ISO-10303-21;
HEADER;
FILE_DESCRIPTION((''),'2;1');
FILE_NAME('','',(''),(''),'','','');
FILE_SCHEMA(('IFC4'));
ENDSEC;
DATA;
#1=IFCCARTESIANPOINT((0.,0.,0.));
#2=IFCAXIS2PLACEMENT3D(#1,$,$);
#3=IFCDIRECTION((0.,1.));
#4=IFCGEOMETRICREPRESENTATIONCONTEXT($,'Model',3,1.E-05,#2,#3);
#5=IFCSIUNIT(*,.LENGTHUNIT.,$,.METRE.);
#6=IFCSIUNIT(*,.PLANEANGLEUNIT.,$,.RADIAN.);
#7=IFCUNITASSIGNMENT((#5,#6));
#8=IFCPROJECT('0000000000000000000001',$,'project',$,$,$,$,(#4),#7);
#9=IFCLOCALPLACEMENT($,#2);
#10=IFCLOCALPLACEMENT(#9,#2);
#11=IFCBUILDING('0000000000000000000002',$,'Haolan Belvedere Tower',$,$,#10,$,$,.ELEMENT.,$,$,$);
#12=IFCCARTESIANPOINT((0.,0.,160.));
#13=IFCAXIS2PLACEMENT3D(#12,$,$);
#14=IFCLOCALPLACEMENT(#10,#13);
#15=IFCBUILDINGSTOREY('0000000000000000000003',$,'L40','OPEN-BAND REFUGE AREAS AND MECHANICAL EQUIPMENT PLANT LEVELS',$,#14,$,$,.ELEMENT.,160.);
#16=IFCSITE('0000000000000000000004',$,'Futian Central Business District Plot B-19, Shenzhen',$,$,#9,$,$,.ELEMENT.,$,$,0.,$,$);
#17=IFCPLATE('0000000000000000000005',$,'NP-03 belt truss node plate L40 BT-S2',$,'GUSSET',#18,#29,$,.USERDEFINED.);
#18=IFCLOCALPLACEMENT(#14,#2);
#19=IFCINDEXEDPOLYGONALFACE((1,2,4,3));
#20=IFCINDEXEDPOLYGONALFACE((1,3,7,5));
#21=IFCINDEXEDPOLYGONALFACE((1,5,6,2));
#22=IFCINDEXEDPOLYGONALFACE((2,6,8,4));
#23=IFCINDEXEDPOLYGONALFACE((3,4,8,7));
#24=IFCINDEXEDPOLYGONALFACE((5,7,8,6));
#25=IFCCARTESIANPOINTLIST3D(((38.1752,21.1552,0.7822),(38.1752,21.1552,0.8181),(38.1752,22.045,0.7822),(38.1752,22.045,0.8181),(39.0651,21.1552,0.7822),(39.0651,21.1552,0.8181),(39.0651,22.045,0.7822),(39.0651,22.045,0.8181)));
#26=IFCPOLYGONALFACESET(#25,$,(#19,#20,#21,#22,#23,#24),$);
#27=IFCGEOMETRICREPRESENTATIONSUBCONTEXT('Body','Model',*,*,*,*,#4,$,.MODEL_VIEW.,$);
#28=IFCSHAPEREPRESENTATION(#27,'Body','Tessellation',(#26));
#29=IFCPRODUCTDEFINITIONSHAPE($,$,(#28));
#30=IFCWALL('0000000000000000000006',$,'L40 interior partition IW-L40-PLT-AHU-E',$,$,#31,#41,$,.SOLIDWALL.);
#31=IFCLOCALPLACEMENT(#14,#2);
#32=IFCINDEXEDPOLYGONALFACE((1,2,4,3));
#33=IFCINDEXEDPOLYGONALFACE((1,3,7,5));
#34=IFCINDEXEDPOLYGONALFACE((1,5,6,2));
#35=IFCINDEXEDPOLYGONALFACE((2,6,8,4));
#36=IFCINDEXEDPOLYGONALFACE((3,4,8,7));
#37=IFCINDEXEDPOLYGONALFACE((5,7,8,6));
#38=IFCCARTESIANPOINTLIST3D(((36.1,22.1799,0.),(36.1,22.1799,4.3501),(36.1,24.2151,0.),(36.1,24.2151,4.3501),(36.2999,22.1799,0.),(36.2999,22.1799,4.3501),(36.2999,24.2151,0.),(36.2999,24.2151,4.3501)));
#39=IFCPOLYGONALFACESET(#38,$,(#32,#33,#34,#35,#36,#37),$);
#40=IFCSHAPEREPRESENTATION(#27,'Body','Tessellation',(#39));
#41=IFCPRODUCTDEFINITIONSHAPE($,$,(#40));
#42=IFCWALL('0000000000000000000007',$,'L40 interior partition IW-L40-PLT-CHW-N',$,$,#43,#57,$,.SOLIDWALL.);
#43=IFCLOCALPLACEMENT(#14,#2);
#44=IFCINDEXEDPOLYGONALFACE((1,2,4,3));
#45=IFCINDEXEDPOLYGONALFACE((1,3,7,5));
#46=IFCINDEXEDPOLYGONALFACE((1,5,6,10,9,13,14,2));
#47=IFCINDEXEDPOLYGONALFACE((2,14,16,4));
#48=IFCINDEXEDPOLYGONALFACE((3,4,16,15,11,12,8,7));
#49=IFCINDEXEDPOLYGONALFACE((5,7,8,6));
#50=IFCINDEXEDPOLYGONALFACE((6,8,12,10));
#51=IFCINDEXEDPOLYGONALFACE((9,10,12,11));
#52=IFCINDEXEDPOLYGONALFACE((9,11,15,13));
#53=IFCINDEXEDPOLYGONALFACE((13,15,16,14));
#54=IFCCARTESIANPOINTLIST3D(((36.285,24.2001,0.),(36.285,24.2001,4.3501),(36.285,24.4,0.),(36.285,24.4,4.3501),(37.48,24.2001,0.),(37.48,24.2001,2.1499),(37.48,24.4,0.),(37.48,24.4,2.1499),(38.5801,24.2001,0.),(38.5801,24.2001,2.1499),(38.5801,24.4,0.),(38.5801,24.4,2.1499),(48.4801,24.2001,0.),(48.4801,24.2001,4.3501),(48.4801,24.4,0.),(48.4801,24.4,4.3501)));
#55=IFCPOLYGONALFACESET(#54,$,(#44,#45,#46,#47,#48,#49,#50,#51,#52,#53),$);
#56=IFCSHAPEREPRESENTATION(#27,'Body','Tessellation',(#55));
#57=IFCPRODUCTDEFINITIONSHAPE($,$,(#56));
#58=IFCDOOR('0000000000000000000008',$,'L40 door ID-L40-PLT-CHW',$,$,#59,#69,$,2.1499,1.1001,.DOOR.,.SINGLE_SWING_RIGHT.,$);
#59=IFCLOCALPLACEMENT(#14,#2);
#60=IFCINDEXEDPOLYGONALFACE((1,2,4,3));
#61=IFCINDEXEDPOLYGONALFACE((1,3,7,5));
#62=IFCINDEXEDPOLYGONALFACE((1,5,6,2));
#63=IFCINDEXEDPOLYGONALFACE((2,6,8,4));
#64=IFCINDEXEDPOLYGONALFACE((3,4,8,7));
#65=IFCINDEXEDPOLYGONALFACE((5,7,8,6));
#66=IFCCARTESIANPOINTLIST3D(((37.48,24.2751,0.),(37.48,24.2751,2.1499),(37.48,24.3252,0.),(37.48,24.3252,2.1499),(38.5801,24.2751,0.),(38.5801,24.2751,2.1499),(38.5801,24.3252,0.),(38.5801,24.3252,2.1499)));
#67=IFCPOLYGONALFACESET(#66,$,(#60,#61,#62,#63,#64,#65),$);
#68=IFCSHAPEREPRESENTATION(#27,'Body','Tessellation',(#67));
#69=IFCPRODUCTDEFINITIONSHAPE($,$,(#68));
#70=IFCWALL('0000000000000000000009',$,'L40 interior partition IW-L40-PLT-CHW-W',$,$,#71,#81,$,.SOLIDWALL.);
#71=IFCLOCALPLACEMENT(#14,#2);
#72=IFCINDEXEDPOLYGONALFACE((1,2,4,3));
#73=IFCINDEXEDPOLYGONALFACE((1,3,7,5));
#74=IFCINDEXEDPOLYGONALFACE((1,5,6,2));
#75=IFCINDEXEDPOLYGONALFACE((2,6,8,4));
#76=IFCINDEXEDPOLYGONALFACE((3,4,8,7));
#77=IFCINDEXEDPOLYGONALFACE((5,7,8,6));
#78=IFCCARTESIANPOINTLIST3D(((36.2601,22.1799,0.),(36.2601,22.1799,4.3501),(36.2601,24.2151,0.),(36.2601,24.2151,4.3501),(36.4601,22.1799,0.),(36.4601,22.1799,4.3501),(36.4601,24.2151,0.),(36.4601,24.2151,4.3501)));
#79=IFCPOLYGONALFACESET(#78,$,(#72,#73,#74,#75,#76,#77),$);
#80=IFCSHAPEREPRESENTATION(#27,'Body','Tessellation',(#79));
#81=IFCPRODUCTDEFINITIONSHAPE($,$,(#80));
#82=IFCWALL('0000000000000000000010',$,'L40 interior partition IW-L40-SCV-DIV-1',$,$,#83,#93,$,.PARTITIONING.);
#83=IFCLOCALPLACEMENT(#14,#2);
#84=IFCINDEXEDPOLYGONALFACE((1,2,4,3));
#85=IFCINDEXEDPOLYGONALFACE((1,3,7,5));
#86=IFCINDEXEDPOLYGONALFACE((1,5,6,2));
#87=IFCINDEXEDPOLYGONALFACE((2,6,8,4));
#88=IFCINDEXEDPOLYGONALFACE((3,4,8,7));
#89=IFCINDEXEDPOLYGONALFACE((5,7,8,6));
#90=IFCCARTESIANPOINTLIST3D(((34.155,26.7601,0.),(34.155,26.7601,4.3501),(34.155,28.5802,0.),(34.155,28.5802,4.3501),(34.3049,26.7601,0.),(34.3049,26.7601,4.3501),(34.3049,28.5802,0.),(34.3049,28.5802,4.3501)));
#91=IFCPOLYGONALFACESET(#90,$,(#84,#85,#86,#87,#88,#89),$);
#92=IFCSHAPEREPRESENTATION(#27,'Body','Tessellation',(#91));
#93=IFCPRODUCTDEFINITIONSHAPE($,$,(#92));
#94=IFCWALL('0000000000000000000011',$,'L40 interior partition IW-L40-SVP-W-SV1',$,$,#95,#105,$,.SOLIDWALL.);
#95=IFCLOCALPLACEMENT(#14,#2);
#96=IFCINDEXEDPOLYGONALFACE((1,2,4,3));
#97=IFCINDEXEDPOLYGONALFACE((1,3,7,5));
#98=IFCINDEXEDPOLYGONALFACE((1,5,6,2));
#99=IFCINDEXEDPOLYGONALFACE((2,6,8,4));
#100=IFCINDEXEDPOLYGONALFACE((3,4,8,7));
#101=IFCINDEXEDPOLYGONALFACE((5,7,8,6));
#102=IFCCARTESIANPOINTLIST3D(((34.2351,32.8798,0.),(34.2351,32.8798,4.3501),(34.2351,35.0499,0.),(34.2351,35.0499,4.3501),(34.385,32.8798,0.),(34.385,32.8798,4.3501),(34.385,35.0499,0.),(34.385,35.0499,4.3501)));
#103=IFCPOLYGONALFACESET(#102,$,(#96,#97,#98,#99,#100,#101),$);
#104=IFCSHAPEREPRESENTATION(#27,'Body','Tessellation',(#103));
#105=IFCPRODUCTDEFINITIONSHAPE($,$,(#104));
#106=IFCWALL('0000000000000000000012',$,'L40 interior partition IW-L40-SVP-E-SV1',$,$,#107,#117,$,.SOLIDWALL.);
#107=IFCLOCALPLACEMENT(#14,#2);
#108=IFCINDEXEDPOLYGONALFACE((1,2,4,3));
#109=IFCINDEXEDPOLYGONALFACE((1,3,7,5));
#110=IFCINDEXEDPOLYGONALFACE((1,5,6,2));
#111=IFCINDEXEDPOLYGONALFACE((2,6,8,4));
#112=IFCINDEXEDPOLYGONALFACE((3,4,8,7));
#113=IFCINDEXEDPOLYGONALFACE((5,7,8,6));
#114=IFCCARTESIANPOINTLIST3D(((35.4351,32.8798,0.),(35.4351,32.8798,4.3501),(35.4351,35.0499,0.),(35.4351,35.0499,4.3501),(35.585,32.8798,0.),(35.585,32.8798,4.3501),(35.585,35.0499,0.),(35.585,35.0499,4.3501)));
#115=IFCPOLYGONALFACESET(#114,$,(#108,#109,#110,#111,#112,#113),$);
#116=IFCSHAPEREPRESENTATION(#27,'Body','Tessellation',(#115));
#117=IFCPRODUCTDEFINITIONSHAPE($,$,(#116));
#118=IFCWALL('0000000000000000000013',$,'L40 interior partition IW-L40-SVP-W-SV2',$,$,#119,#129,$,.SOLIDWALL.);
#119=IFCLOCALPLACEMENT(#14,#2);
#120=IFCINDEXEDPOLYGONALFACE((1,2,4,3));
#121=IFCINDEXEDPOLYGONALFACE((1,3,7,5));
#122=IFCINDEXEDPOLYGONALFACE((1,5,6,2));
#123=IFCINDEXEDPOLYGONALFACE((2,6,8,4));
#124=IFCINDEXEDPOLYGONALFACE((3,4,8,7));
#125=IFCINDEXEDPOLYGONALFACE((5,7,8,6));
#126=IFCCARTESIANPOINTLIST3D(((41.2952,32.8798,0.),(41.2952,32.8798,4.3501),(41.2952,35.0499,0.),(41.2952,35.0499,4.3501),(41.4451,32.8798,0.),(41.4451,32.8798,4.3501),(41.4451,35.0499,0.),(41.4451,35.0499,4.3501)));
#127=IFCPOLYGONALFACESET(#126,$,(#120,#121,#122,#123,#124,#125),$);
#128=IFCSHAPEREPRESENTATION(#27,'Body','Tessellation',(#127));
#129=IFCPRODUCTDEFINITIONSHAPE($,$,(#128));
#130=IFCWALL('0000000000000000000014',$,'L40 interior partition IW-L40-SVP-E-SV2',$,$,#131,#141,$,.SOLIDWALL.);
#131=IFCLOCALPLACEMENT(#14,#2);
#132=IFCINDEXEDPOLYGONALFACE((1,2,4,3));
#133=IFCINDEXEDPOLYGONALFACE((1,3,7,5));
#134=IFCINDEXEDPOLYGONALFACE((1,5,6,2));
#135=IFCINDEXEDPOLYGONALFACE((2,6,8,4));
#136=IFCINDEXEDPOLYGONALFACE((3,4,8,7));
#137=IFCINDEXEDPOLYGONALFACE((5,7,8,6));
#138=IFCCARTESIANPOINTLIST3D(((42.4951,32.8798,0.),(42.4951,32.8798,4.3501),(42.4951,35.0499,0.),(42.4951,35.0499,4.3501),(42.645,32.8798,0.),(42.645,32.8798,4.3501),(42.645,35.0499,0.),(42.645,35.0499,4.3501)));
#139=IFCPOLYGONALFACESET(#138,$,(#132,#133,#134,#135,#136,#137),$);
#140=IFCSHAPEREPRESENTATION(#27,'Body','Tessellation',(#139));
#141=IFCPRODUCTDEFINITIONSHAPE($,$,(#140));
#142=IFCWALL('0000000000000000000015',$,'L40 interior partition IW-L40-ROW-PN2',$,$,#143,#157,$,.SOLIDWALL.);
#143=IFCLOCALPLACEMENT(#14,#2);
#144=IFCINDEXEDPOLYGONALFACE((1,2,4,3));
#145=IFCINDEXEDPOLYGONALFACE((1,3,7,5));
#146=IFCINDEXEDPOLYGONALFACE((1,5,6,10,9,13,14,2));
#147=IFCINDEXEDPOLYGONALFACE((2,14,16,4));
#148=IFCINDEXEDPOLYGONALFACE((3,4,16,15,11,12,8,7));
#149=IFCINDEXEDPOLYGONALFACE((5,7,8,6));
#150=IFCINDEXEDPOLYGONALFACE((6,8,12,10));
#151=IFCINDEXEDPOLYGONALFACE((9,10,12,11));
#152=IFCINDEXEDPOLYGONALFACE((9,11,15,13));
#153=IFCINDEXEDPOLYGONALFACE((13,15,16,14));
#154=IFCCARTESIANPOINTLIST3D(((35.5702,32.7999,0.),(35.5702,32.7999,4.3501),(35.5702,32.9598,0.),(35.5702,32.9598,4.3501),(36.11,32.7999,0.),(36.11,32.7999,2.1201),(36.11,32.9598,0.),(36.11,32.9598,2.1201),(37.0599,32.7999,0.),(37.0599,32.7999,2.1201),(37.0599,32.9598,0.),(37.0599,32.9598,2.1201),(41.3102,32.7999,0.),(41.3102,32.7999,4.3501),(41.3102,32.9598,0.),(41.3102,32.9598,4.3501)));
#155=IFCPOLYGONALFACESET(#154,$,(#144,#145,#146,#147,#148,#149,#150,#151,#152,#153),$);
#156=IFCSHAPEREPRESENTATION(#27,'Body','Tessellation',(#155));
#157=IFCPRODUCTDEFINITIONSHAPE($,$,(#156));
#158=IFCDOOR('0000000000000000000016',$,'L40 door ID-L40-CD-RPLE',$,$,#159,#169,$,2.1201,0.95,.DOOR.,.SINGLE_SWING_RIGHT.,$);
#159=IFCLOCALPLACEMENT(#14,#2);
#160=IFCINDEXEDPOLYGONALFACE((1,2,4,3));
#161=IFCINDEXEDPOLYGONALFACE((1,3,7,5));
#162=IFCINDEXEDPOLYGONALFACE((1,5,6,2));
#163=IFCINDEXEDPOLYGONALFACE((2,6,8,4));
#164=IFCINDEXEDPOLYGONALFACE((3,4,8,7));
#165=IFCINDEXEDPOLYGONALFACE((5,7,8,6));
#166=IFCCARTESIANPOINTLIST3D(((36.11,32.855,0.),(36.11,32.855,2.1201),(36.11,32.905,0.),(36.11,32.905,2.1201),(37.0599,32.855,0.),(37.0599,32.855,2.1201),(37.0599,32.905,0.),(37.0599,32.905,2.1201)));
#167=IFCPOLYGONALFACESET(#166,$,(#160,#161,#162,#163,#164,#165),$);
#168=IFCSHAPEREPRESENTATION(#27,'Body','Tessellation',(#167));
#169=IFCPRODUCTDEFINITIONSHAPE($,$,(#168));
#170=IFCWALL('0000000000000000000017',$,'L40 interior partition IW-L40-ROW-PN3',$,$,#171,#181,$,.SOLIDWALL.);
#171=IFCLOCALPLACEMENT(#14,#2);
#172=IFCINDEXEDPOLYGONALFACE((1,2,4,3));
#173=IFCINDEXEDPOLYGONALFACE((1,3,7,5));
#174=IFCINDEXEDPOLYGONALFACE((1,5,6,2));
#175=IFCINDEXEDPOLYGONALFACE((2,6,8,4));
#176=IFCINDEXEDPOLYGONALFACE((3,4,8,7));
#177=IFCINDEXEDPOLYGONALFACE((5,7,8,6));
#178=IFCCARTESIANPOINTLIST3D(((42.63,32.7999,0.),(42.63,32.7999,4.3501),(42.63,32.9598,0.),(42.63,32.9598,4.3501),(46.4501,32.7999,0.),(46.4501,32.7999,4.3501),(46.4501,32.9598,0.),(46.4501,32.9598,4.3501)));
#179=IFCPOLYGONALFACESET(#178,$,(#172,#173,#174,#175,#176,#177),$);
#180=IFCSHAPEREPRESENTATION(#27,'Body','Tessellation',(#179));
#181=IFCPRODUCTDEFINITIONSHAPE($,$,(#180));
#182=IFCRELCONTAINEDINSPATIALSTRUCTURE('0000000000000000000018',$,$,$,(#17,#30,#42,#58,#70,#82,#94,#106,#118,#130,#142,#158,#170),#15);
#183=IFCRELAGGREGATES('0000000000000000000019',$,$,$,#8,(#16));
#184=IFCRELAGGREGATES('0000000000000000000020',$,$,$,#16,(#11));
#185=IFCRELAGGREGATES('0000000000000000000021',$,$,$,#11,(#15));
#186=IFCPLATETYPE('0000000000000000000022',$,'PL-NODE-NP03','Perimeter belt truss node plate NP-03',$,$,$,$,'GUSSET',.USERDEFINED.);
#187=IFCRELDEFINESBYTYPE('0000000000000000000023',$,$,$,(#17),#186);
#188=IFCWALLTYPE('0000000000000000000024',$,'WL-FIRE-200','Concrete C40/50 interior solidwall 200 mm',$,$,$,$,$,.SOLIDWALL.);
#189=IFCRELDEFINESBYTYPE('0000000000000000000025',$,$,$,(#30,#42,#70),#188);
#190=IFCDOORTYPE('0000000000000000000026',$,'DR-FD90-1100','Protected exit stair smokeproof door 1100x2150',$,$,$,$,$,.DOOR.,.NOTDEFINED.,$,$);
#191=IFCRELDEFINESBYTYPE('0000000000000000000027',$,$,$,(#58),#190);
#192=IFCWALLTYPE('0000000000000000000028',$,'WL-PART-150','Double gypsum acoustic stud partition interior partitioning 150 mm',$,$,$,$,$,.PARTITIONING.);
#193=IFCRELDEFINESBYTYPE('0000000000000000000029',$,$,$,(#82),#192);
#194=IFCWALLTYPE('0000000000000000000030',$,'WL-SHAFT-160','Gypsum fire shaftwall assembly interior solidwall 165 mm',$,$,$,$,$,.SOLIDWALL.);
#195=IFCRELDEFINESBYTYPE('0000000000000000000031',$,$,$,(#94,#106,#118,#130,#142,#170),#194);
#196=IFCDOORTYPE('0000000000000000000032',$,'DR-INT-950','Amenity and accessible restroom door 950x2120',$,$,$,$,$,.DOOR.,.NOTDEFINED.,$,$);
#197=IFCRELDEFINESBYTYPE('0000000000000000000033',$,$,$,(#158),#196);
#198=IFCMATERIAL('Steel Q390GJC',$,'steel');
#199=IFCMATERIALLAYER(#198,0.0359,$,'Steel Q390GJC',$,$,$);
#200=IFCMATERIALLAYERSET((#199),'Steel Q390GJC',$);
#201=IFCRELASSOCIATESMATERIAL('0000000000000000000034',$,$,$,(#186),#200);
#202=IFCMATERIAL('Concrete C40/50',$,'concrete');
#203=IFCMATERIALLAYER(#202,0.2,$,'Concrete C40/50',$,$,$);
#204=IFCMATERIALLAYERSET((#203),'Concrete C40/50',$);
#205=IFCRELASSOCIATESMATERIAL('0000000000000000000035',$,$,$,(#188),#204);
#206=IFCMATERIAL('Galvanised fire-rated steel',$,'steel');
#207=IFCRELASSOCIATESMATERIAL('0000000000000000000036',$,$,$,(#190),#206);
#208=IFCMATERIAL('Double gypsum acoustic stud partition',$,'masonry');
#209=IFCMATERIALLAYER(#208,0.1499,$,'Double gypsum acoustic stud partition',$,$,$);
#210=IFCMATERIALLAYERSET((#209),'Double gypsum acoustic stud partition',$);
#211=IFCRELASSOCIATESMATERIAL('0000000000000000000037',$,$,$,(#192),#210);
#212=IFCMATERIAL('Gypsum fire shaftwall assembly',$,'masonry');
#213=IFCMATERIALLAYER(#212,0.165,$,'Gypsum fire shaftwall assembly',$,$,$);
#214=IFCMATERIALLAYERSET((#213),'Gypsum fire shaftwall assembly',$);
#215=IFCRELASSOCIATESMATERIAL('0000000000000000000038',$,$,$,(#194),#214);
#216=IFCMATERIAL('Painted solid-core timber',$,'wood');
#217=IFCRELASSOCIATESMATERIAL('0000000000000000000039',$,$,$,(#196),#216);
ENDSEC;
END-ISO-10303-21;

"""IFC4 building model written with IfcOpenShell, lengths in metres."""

from ifc_helpers import new_model, si_unit, direction, frame, frame_2d, origin, origin_2d, place, context, subcontext, project, spatial, rectangle, extrude, material, layer, layer_set, type_object, element, fill, save


model = new_model("IFC4")

# Units and contexts
model_context = context("Model", 3, precision=1e-05, world=origin(), true_north=direction((0.0, 1.0)))
body_context = subcontext(model_context, "Body", "Model", "MODEL_VIEW")
ifc_project = project(units=[si_unit("LENGTHUNIT", "METRE"), si_unit("PLANEANGLEUNIT", "RADIAN")], contexts=[model_context])

# Site, building, storey
site_placement = place(None, origin())
site = spatial("IfcSite", under=ifc_project, at=site_placement, Name="Futian Central Business District Plot B-19, Shenzhen", CompositionType="ELEMENT", RefElevation=0.0)
building_placement = place(site_placement, origin())
building = spatial("IfcBuilding", under=site, at=building_placement, Name="Haolan Belvedere Tower", CompositionType="ELEMENT")
storey_placement = place(building_placement, frame((0.0, 0.0, 160.0)))
storey = spatial("IfcBuildingStorey", under=building, at=storey_placement, Name="L40", Description="OPEN-BAND REFUGE AREAS AND MECHANICAL EQUIPMENT PLANT LEVELS", CompositionType="ELEMENT", Elevation=160.0)

# Shared definitions
ifc_material_1 = material(Name="Steel Q390GJC", Category="steel")

# Plate
ifc_layer_1 = layer(ifc_material_1, 0.0359, Name="Steel Q390GJC")
ifc_layer_set_1 = layer_set([ifc_layer_1], Name="Steel Q390GJC")
plate_type_1 = type_object("IfcPlateType", Name="PL-NODE-NP03", Description="Perimeter belt truss node plate NP-03", ElementType="GUSSET", PredefinedType="USERDEFINED", material=ifc_layer_set_1)
plate_placement = place(storey_placement, frame((38.6201, 21.6001, 0.7822), z_axis=(0.0, 0.0, 1.0), x_axis=(1.0, 0.0, 0.0)))
element("IfcPlate", 1, at=plate_placement, inside=storey, type_object=plate_type_1, Name="NP-03 belt truss node plate L40 BT-S2", ObjectType="GUSSET", PredefinedType="USERDEFINED", context=body_context, shape_type="SweptSolid", body=[
    extrude(rectangle(XDim=0.8899, YDim=0.8899, at=origin_2d()), origin(), (0.0, 0.0, 1.0), 0.0359),
])

# Wall
ifc_material_2 = material(Name="Concrete C40/50", Category="concrete")
ifc_layer_2 = layer(ifc_material_2, 0.2, Name="Concrete C40/50")
ifc_layer_set_2 = layer_set([ifc_layer_2], Name="Concrete C40/50")
wall_type_1 = type_object("IfcWallType", Name="WL-FIRE-200", Description="Concrete C40/50 interior solidwall 200 mm", PredefinedType="SOLIDWALL", material=ifc_layer_set_2)
wall_1_placement = place(storey_placement, frame((36.2, 22.1799, 0.0), z_axis=(0.0, 0.0, 1.0), x_axis=(0.0, 1.0, 0.0)))
element("IfcWall", 2, at=wall_1_placement, inside=storey, type_object=wall_type_1, Name="L40 interior partition IW-L40-PLT-AHU-E", PredefinedType="SOLIDWALL", context=body_context, shape_type="SweptSolid", body=[
    extrude(rectangle(XDim=2.0352, YDim=0.2, at=frame_2d((1.0176, 0.0))), origin(), (0.0, 0.0, 1.0), 4.3501),
])

# Wall, opening, door
wall_2_placement = place(storey_placement, frame((36.2849, 24.3, 0.0), z_axis=(0.0, 0.0, 1.0), x_axis=(1.0, 0.0, 0.0)))
wall_2 = element("IfcWall", 3, at=wall_2_placement, inside=storey, type_object=wall_type_1, Name="L40 interior partition IW-L40-PLT-CHW-N", PredefinedType="SOLIDWALL", context=body_context, shape_type="SweptSolid", body=[
    extrude(rectangle(XDim=12.1951, YDim=0.2, at=frame_2d((6.0977, 0.0))), origin(), (0.0, 0.0, 1.0), 4.3501),
])
opening_1_placement = place(wall_2_placement, frame((2.2952, 0.0, 0.0), z_axis=(0.0, 0.0, 1.0), x_axis=(-1.0, 0.0, 0.0)))
opening_1 = element("IfcOpeningElement", 4, at=opening_1_placement, cuts=wall_2, PredefinedType="OPENING", context=body_context, shape_type="SweptSolid", body=[
    extrude(rectangle(XDim=1.1001, YDim=2.1499, at=frame_2d((0.55, 1.075))), frame((0.0, 0.1099, 0.0), z_axis=(0.0, -1.0, 0.0), x_axis=(1.0, 0.0, 0.0)), (0.0, 0.0, 1.0), 0.22),
])
ifc_material_3 = material(Name="Galvanised fire-rated steel", Category="steel")
door_type_1 = type_object("IfcDoorType", Name="DR-FD90-1100", Description="Protected exit stair smokeproof door 1100x2150", OperationType="NOTDEFINED", PredefinedType="DOOR", material=ifc_material_3)
door_1_placement = place(opening_1_placement, origin())
door_1 = element("IfcDoor", 5, at=door_1_placement, inside=storey, type_object=door_type_1, Name="L40 door ID-L40-PLT-CHW", OperationType="SINGLE_SWING_RIGHT", OverallHeight=2.1499, OverallWidth=1.1001, PredefinedType="DOOR", context=body_context, shape_type="SweptSolid", body=[
    extrude(rectangle(XDim=1.1001, YDim=2.1499, at=frame_2d((0.55, 1.075))), frame((0.0, 0.0249, 0.0), z_axis=(0.0, -1.0, 0.0), x_axis=(1.0, 0.0, 0.0)), (0.0, 0.0, 1.0), 0.05),
])
fill(opening_1, door_1)

# Walls
wall_3_placement = place(storey_placement, frame((36.3601, 22.1799, 0.0), z_axis=(0.0, 0.0, 1.0), x_axis=(0.0, 1.0, 0.0)))
element("IfcWall", 6, at=wall_3_placement, inside=storey, type_object=wall_type_1, Name="L40 interior partition IW-L40-PLT-CHW-W", PredefinedType="SOLIDWALL", context=body_context, shape_type="SweptSolid", body=[
    extrude(rectangle(XDim=2.0352, YDim=0.2, at=frame_2d((1.0176, 0.0))), origin(), (0.0, 0.0, 1.0), 4.3501),
])
ifc_material_4 = material(Name="Double gypsum acoustic stud partition", Category="masonry")
ifc_layer_3 = layer(ifc_material_4, 0.1499, Name="Double gypsum acoustic stud partition")
ifc_layer_set_3 = layer_set([ifc_layer_3], Name="Double gypsum acoustic stud partition")
wall_type_2 = type_object("IfcWallType", Name="WL-PART-150", Description="Double gypsum acoustic stud partition interior partitioning 150 mm", PredefinedType="PARTITIONING", material=ifc_layer_set_3)
wall_4_placement = place(storey_placement, frame((34.23, 26.76, 0.0), z_axis=(0.0, 0.0, 1.0), x_axis=(0.0, 1.0, 0.0)))
element("IfcWall", 7, at=wall_4_placement, inside=storey, type_object=wall_type_2, Name="L40 interior partition IW-L40-SCV-DIV-1", PredefinedType="PARTITIONING", context=body_context, shape_type="SweptSolid", body=[
    extrude(rectangle(XDim=1.8201, YDim=0.1499, at=frame_2d((0.9102, 0.0))), origin(), (0.0, 0.0, 1.0), 4.3501),
])
ifc_material_5 = material(Name="Gypsum fire shaftwall assembly", Category="masonry")
ifc_layer_4 = layer(ifc_material_5, 0.165, Name="Gypsum fire shaftwall assembly")
ifc_layer_set_4 = layer_set([ifc_layer_4], Name="Gypsum fire shaftwall assembly")
wall_type_3 = type_object("IfcWallType", Name="WL-SHAFT-160", Description="Gypsum fire shaftwall assembly interior solidwall 165 mm", PredefinedType="SOLIDWALL", material=ifc_layer_set_4)
for number, where, z_axis, x_axis, name in (
    (8, (34.3101, 32.8799, 0.0), (0.0, 0.0, 1.0), (0.0, 1.0, 0.0), "L40 interior partition IW-L40-SVP-W-SV1"),
    (9, (35.51, 32.8799, 0.0), (0.0, 0.0, 1.0), (0.0, 1.0, 0.0), "L40 interior partition IW-L40-SVP-E-SV1"),
    (10, (41.3701, 32.8799, 0.0), (0.0, 0.0, 1.0), (0.0, 1.0, 0.0), "L40 interior partition IW-L40-SVP-W-SV2"),
    (11, (42.5701, 32.8799, 0.0), (0.0, 0.0, 1.0), (0.0, 1.0, 0.0), "L40 interior partition IW-L40-SVP-E-SV2"),
):
    element("IfcWall", number, at=place(storey_placement, frame(where, z_axis=z_axis, x_axis=x_axis)), inside=storey, type_object=wall_type_3, Name=name, PredefinedType="SOLIDWALL", context=body_context, shape_type="SweptSolid", body=[
        extrude(rectangle(XDim=2.1702, YDim=0.1499, at=frame_2d((1.085, 0.0))), origin(), (0.0, 0.0, 1.0), 4.3501),
    ])

# Wall, opening, door
wall_5_placement = place(storey_placement, frame((35.5701, 32.8799, 0.0), z_axis=(0.0, 0.0, 1.0), x_axis=(1.0, 0.0, 0.0)))
wall_5 = element("IfcWall", 12, at=wall_5_placement, inside=storey, type_object=wall_type_3, Name="L40 interior partition IW-L40-ROW-PN2", PredefinedType="SOLIDWALL", context=body_context, shape_type="SweptSolid", body=[
    extrude(rectangle(XDim=5.74, YDim=0.1599, at=frame_2d((2.8701, 0.0))), origin(), (0.0, 0.0, 1.0), 4.3501),
])
opening_2_placement = place(wall_5_placement, frame((1.49, 0.0, 0.0), z_axis=(0.0, 0.0, 1.0), x_axis=(-1.0, 0.0, 0.0)))
opening_2 = element("IfcOpeningElement", 13, at=opening_2_placement, cuts=wall_5, PredefinedType="OPENING", context=body_context, shape_type="SweptSolid", body=[
    extrude(rectangle(XDim=0.95, YDim=2.1201, at=frame_2d((0.4751, 1.0601))), frame((0.0, 0.0898, 0.0), z_axis=(0.0, -1.0, 0.0), x_axis=(1.0, 0.0, 0.0)), (0.0, 0.0, 1.0), 0.1799),
])
ifc_material_6 = material(Name="Painted solid-core timber", Category="wood")
door_type_2 = type_object("IfcDoorType", Name="DR-INT-950", Description="Amenity and accessible restroom door 950x2120", OperationType="NOTDEFINED", PredefinedType="DOOR", material=ifc_material_6)
door_2_placement = place(opening_2_placement, origin())
door_2 = element("IfcDoor", 14, at=door_2_placement, inside=storey, type_object=door_type_2, Name="L40 door ID-L40-CD-RPLE", OperationType="SINGLE_SWING_RIGHT", OverallHeight=2.1201, OverallWidth=0.95, PredefinedType="DOOR", context=body_context, shape_type="SweptSolid", body=[
    extrude(rectangle(XDim=0.95, YDim=2.1201, at=frame_2d((0.4751, 1.0601))), frame((0.0, 0.0249, 0.0), z_axis=(0.0, -1.0, 0.0), x_axis=(1.0, 0.0, 0.0)), (0.0, 0.0, 1.0), 0.05),
])
fill(opening_2, door_2)

# Wall
wall_6_placement = place(storey_placement, frame((42.6299, 32.8799, 0.0), z_axis=(0.0, 0.0, 1.0), x_axis=(1.0, 0.0, 0.0)))
element("IfcWall", 15, at=wall_6_placement, inside=storey, type_object=wall_type_3, Name="L40 interior partition IW-L40-ROW-PN3", PredefinedType="SOLIDWALL", context=body_context, shape_type="SweptSolid", body=[
    extrude(rectangle(XDim=3.8201, YDim=0.1599, at=frame_2d((1.9102, 0.0))), origin(), (0.0, 0.0, 1.0), 4.3501),
])

save(model, "model.ifc")
